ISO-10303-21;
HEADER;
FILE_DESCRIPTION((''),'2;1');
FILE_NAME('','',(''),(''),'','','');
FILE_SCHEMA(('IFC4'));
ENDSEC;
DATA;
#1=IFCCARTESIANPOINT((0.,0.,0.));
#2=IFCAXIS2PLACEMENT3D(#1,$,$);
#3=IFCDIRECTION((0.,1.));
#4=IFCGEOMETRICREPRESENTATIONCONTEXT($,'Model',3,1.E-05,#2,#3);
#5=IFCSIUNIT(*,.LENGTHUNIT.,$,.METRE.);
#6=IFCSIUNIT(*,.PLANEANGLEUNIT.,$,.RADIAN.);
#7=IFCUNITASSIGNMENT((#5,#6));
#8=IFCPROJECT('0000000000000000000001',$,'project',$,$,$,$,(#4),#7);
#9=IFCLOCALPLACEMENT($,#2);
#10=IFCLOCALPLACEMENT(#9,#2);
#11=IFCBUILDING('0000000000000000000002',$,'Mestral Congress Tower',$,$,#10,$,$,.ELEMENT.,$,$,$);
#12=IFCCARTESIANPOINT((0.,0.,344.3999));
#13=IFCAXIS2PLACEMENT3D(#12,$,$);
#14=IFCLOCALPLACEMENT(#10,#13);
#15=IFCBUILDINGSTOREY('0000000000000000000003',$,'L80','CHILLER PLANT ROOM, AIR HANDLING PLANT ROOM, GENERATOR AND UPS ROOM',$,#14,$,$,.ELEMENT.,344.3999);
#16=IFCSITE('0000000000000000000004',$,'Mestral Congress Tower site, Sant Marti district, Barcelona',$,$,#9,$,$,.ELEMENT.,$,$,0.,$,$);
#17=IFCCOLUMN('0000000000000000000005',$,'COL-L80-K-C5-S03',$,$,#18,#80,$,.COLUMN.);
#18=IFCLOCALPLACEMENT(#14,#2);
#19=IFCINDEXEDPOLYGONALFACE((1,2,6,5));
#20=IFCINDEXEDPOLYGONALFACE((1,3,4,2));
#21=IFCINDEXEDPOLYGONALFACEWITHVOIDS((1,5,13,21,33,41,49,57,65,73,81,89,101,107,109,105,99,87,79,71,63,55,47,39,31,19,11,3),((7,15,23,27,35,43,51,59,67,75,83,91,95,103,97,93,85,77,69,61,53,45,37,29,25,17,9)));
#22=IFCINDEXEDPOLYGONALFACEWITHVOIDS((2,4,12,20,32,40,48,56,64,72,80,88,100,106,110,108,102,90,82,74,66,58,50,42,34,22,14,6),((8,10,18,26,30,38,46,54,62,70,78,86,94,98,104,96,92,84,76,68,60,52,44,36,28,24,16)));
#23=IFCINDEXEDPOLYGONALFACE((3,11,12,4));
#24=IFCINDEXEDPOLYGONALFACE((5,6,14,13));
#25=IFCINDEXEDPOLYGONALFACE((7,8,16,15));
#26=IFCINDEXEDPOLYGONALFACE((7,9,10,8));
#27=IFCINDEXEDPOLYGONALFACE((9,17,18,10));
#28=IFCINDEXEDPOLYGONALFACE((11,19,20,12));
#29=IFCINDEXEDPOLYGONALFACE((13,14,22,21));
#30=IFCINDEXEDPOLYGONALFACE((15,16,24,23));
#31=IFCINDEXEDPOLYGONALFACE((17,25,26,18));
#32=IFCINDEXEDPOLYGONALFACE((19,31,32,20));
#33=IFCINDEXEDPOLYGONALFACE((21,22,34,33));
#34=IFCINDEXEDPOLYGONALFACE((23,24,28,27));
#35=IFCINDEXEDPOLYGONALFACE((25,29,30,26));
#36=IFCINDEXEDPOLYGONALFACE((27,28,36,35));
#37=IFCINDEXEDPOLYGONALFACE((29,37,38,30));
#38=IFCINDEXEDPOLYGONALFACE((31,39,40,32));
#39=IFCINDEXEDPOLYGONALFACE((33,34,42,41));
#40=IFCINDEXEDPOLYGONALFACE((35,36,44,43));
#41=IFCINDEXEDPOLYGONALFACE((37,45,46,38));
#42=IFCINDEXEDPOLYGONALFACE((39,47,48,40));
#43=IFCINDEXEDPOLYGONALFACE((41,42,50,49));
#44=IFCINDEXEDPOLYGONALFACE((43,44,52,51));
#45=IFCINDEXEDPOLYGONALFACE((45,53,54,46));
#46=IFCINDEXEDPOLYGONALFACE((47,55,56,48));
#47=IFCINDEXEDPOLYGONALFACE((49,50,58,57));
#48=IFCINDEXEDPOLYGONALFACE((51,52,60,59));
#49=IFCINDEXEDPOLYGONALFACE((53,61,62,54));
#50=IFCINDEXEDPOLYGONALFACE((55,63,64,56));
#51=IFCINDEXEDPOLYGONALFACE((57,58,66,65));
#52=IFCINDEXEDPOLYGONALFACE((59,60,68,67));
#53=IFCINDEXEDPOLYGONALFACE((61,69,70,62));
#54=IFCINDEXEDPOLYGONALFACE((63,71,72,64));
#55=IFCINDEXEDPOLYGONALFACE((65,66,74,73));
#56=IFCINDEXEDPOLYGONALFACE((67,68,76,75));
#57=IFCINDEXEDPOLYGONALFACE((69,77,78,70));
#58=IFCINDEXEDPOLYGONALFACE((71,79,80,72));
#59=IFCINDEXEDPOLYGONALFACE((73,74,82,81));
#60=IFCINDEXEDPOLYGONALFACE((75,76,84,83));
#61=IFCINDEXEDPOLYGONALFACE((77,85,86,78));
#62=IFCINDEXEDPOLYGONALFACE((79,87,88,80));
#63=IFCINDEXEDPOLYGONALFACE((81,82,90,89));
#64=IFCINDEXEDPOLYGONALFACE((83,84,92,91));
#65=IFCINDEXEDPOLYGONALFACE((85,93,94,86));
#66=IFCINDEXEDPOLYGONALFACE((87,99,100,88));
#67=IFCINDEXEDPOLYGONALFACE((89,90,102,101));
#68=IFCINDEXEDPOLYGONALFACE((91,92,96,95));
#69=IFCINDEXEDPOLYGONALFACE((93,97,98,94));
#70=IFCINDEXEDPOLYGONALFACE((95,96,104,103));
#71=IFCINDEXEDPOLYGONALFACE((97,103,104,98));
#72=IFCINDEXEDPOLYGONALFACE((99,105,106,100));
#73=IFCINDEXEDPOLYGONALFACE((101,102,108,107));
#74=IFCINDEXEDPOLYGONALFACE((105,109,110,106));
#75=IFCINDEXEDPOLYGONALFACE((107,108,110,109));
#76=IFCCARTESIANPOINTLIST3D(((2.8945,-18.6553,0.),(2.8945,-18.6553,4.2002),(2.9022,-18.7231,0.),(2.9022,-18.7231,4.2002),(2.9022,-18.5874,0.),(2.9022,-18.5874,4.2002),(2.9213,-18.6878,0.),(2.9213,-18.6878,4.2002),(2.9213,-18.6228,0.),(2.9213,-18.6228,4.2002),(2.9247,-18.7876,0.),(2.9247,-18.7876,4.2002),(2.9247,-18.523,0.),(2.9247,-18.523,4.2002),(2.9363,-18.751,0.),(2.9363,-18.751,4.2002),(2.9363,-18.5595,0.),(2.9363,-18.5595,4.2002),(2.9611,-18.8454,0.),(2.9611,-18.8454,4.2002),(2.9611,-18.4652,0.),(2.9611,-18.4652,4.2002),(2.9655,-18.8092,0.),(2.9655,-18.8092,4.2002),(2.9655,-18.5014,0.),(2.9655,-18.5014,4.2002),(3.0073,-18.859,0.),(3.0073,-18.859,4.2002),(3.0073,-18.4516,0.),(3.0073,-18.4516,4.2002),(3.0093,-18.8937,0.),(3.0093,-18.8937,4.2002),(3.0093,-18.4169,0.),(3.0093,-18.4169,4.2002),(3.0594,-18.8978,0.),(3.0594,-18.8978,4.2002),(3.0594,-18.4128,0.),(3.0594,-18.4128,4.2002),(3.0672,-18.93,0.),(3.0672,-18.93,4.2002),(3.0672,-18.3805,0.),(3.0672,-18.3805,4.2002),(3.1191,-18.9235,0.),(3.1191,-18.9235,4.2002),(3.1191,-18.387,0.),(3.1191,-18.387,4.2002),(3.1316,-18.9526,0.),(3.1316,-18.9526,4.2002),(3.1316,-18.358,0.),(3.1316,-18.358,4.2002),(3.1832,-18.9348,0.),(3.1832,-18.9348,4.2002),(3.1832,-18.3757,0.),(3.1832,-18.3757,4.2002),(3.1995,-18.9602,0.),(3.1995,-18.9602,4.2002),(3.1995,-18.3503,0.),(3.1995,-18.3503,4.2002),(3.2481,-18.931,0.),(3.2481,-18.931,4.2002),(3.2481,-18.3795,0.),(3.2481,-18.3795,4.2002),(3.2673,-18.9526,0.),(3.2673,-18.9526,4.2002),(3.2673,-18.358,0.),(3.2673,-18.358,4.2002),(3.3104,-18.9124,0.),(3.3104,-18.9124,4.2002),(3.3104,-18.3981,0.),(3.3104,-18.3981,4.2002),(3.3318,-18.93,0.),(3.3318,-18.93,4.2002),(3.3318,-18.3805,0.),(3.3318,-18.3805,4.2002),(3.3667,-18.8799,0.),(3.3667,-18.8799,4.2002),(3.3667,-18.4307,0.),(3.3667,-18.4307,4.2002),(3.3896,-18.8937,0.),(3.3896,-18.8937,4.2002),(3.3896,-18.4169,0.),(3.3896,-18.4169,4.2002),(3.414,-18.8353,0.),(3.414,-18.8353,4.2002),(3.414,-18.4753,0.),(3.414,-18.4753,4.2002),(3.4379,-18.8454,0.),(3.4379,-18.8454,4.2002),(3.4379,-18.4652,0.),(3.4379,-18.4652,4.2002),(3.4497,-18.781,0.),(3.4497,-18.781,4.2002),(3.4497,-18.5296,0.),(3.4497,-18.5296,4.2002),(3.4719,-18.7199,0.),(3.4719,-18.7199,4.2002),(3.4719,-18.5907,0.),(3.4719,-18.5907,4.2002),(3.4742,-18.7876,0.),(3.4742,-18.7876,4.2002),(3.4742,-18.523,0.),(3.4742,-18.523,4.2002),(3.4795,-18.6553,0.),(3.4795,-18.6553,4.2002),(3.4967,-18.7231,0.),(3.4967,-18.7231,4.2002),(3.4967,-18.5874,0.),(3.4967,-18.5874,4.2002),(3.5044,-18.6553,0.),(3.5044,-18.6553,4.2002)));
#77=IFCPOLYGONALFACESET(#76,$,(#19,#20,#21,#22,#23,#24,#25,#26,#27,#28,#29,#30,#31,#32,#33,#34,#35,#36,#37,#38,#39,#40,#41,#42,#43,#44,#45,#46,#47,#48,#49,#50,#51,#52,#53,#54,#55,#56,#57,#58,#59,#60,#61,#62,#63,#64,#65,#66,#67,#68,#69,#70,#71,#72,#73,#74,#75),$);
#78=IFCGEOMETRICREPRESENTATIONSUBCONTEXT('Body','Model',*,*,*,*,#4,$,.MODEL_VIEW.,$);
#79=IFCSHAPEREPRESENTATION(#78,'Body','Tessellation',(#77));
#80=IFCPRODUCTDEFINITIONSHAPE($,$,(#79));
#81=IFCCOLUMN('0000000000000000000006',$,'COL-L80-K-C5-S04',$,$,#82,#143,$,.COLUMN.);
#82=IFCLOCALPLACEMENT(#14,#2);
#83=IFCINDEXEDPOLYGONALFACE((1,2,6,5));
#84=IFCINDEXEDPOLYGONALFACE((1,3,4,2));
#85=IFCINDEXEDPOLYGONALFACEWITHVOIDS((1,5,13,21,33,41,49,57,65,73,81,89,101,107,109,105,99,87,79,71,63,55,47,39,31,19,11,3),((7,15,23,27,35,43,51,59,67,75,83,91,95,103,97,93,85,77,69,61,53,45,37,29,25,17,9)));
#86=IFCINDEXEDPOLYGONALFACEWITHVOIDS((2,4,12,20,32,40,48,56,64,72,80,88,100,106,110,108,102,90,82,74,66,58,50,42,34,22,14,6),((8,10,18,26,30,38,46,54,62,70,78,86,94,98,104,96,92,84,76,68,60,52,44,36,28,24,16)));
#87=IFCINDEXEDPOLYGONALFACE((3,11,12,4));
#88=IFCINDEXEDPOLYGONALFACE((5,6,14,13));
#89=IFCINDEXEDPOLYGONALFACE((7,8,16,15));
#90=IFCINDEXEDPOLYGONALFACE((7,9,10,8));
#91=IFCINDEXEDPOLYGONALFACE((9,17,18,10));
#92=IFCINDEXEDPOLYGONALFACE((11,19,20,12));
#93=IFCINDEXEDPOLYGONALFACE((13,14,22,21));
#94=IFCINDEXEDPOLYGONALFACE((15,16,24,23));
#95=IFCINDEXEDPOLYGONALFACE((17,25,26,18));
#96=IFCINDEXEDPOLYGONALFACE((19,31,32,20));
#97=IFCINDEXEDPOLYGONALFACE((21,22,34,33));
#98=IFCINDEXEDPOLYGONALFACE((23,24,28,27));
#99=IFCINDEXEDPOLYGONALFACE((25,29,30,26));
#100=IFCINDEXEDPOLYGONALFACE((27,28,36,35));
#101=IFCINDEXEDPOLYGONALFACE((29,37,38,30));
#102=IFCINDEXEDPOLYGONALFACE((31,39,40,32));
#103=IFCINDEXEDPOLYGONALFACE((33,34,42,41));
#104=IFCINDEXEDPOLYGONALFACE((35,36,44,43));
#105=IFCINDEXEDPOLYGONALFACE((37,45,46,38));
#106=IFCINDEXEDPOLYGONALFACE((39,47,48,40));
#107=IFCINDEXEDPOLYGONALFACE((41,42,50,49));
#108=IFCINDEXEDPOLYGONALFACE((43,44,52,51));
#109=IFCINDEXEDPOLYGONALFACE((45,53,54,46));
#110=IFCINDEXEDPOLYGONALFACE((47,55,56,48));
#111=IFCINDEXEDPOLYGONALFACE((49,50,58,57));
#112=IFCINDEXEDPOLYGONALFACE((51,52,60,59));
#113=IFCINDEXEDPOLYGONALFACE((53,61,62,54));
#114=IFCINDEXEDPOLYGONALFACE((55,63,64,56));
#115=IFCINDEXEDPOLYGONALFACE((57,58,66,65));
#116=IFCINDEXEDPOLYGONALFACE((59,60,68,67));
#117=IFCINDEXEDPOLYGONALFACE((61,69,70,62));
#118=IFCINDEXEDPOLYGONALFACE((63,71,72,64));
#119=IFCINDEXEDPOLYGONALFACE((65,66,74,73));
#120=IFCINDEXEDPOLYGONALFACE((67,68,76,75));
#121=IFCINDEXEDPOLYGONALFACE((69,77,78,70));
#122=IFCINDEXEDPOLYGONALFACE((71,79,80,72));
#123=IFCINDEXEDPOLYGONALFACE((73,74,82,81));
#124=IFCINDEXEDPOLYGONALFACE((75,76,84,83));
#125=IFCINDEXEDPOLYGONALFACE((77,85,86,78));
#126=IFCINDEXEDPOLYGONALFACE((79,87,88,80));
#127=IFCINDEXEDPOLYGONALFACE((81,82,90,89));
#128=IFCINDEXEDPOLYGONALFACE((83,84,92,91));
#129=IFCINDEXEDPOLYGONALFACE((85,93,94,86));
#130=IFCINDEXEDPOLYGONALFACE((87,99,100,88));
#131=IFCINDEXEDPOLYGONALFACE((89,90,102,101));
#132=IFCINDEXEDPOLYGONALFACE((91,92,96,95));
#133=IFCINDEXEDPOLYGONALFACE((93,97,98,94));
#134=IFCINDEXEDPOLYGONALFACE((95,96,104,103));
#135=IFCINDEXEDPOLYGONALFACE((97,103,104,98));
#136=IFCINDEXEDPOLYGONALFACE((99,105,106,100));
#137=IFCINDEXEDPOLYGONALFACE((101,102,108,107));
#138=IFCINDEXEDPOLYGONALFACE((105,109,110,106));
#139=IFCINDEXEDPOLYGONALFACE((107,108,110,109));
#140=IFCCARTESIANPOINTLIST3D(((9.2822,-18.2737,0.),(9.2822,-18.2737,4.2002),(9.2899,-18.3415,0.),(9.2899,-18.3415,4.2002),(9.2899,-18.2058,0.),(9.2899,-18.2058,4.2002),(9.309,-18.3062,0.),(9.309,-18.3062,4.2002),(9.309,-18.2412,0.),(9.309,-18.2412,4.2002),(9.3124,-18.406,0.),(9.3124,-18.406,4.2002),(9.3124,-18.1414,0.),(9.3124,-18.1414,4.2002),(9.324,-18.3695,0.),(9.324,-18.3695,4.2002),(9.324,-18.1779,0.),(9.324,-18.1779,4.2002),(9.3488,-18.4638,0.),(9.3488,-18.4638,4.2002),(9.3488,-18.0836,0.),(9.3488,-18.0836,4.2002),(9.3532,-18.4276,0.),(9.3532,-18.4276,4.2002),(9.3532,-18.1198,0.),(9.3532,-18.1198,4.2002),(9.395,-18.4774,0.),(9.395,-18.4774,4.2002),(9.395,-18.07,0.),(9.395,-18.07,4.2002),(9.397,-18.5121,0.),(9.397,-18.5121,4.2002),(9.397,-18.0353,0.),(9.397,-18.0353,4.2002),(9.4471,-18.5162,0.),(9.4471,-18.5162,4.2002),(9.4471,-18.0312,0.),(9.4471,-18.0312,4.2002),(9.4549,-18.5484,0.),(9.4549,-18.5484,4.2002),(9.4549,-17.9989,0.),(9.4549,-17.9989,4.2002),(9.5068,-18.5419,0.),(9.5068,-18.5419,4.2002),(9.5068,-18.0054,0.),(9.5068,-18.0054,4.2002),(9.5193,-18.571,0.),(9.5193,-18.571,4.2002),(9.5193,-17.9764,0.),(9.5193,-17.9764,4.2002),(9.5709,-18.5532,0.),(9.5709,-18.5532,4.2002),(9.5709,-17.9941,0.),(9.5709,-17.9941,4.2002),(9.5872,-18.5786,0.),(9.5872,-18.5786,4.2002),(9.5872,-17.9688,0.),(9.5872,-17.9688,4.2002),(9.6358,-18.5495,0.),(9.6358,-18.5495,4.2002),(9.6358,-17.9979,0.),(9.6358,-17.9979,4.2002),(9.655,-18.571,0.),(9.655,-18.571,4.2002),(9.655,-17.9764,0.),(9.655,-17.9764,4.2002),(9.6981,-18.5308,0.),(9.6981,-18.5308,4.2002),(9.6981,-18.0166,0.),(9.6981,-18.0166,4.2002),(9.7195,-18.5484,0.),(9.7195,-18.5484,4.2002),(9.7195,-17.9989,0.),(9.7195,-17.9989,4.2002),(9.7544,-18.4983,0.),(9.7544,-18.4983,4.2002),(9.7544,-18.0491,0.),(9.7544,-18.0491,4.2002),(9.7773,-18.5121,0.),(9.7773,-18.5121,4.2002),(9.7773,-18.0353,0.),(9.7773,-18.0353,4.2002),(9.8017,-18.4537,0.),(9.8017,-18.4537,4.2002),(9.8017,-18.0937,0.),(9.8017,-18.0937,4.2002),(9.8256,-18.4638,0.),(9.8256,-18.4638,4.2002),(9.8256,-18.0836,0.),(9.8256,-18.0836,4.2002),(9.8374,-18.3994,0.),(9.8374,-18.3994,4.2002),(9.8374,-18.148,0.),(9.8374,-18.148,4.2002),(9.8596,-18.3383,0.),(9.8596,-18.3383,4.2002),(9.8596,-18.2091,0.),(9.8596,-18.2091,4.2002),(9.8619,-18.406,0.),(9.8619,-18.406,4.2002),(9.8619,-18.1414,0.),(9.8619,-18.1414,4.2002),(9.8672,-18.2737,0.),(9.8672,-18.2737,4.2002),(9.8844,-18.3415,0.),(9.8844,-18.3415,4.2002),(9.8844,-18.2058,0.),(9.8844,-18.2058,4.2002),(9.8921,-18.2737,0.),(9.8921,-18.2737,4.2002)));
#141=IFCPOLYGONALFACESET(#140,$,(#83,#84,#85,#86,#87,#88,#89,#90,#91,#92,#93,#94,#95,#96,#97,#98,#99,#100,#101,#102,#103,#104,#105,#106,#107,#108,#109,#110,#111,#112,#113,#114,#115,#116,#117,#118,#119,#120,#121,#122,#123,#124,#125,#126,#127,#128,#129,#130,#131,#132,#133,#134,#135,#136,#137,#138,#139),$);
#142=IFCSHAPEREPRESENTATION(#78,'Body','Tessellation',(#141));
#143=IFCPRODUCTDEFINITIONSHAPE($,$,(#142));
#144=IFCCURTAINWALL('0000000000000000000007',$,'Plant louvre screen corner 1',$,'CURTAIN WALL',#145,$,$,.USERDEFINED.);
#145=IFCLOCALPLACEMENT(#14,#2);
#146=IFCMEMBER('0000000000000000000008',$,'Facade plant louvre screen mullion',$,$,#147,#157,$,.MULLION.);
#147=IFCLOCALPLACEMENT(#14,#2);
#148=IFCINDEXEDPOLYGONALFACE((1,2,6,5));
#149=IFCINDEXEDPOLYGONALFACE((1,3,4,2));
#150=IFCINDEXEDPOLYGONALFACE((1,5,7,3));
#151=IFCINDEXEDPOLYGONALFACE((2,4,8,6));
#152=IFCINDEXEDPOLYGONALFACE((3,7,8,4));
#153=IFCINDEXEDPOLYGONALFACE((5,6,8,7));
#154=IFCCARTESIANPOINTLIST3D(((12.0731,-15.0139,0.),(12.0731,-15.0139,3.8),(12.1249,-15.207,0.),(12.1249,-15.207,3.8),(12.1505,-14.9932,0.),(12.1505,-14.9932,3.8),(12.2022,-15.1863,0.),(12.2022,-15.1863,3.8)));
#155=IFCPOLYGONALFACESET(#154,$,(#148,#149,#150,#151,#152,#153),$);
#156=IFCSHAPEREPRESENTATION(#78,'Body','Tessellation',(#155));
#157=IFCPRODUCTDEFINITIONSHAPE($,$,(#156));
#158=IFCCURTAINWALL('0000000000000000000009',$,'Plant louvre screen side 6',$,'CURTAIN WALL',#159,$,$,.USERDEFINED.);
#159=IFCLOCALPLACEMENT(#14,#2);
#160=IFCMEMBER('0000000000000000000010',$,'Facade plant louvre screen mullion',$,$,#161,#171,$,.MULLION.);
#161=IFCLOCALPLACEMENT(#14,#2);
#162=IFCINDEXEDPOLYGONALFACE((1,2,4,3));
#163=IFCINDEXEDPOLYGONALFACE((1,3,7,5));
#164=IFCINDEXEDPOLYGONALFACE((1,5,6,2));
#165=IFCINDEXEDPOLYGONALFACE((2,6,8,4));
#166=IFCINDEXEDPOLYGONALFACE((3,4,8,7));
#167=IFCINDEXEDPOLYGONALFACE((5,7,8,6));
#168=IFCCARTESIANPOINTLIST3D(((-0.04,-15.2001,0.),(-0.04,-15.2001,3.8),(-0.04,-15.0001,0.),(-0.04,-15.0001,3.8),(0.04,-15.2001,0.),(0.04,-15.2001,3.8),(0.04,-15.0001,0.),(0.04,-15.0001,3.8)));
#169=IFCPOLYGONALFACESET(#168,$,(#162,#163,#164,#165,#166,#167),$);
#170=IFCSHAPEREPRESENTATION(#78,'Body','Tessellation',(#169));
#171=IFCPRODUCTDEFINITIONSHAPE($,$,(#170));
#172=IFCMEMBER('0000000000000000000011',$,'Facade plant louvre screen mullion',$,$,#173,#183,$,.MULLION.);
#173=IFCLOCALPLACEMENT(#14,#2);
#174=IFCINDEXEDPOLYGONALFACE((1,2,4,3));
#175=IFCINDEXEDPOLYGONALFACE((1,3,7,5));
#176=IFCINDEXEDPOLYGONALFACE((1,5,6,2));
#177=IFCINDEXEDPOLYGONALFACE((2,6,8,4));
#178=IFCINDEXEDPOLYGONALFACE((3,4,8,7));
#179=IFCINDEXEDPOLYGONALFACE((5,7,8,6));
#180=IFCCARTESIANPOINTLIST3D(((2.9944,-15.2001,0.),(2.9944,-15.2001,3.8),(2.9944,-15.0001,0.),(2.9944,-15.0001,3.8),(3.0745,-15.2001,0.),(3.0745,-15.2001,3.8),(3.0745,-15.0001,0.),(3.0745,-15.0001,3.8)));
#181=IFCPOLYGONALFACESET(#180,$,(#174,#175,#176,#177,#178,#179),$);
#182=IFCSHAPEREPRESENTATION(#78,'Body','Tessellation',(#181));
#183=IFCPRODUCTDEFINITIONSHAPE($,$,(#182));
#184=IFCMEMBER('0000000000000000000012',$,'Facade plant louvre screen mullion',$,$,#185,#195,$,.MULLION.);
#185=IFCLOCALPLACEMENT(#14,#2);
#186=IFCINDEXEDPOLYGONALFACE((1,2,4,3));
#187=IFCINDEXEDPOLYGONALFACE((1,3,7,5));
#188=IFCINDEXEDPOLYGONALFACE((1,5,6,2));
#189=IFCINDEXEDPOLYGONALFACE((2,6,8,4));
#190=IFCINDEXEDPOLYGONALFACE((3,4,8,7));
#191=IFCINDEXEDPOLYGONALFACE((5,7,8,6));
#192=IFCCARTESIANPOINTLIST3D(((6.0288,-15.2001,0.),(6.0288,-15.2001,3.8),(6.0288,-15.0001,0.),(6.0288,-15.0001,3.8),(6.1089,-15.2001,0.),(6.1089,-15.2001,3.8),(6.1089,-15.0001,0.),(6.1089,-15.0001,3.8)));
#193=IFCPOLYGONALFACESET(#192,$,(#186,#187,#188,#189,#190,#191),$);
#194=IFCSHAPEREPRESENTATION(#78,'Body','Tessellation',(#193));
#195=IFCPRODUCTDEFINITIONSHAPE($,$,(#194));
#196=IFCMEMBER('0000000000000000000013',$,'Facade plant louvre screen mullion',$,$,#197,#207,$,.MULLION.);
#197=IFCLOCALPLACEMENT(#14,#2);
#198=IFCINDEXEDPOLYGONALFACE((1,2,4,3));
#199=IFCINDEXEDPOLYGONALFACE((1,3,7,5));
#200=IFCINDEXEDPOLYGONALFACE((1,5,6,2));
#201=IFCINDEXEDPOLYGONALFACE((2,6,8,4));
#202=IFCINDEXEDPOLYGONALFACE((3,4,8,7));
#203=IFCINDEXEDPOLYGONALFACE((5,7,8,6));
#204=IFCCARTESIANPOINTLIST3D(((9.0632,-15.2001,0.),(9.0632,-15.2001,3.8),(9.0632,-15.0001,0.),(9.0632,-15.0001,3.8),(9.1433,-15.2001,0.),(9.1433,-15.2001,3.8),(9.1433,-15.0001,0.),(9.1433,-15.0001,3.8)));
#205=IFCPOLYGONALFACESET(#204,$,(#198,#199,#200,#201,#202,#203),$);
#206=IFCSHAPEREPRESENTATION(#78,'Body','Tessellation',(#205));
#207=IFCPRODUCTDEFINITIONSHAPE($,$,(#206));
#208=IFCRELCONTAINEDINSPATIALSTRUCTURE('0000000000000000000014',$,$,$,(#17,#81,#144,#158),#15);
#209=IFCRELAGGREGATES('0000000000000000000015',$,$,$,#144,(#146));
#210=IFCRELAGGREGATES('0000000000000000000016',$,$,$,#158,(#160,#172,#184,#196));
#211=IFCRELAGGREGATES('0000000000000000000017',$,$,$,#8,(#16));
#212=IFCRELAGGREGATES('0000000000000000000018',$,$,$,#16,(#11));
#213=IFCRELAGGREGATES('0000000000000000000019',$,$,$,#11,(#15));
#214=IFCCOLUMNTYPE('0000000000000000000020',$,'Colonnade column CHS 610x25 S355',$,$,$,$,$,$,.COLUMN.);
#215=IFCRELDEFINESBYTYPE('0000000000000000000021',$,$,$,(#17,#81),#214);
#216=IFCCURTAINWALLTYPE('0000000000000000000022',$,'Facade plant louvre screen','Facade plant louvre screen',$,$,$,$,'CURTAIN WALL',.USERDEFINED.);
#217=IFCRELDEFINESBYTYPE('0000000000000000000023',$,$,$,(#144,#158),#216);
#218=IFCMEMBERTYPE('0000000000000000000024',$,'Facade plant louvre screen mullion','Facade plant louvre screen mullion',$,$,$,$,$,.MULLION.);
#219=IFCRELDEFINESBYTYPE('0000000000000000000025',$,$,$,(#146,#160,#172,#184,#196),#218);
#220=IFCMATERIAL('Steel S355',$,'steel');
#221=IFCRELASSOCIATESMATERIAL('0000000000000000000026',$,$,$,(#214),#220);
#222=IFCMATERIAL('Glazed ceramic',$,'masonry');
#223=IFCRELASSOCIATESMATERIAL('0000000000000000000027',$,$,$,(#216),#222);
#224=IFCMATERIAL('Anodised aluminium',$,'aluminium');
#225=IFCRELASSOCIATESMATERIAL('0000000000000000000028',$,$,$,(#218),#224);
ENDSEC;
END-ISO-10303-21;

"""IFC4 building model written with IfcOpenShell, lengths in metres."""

from ifc_helpers import new_model, si_unit, direction, frame, origin, origin_2d, place, context, subcontext, project, spatial, rectangle, hollow_circle, extrude, material, material_profile, profile_set, type_object, element, aggregate, save


model = new_model("IFC4")

# Units and contexts
model_context = context("Model", 3, precision=1e-05, world=origin(), true_north=direction((0.0, 1.0)))
body_context = subcontext(model_context, "Body", "Model", "MODEL_VIEW")
ifc_project = project(units=[si_unit("LENGTHUNIT", "METRE"), si_unit("PLANEANGLEUNIT", "RADIAN")], contexts=[model_context])

# Site, building, storey
site_placement = place(None, origin())
site = spatial("IfcSite", under=ifc_project, at=site_placement, Name="Mestral Congress Tower site, Sant Marti district, Barcelona", CompositionType="ELEMENT", RefElevation=0.0)
building_placement = place(site_placement, origin())
building = spatial("IfcBuilding", under=site, at=building_placement, Name="Mestral Congress Tower", CompositionType="ELEMENT")
storey_placement = place(building_placement, frame((0.0, 0.0, 344.3999)))
storey = spatial("IfcBuildingStorey", under=building, at=storey_placement, Name="L80", Description="CHILLER PLANT ROOM, AIR HANDLING PLANT ROOM, GENERATOR AND UPS ROOM", CompositionType="ELEMENT", Elevation=344.3999)

# Columns
ifc_material_1 = material(Name="Steel S355", Category="steel")
ifc_material_profile_1 = material_profile(ifc_material_1, hollow_circle(Radius=0.3049, WallThickness=0.0249, at=origin_2d()), Name="CHS 610x25")
ifc_profile_set_1 = profile_set([ifc_material_profile_1], Name="Steel S355")
column_type = type_object("IfcColumnType", Name="Colonnade column CHS 610x25 S355", PredefinedType="COLUMN", material=ifc_profile_set_1)
for number, where, z_axis, x_axis, name in (
    (1, (3.1995, -18.6553, 0.0), (0.0, 0.0, 1.0), (1.0, 0.0, 0.0), "COL-L80-K-C5-S03"),
    (2, (9.5872, -18.2737, 0.0), (0.0, 0.0, 1.0), (1.0, 0.0, 0.0), "COL-L80-K-C5-S04"),
):
    element("IfcColumn", number, at=place(storey_placement, frame(where, z_axis=z_axis, x_axis=x_axis)), inside=storey, type_object=column_type, Name=name, PredefinedType="COLUMN", context=body_context, shape_type="SweptSolid", body=[
        extrude(hollow_circle(Radius=0.3049, WallThickness=0.0249, at=origin_2d()), origin(), (0.0, 0.0, 1.0), 4.2002),
    ])

# Curtain wall, member
ifc_material_2 = material(Name="Glazed ceramic", Category="masonry")
curtain_wall_type = type_object("IfcCurtainWallType", Name="Facade plant louvre screen", Description="Facade plant louvre screen", ElementType="CURTAIN WALL", PredefinedType="USERDEFINED", material=ifc_material_2)
placement = place(storey_placement, origin())
curtain_wall_1 = element("IfcCurtainWall", 3, at=placement, inside=storey, type_object=curtain_wall_type, Name="Plant louvre screen corner 1", ObjectType="CURTAIN WALL", PredefinedType="USERDEFINED")
ifc_material_3 = material(Name="Anodised aluminium", Category="aluminium")
ifc_material_profile_2 = material_profile(ifc_material_3, rectangle(XDim=0.2, YDim=0.0801, at=origin_2d()), Name="CW6 mullion 200 x 80")
ifc_profile_set_2 = profile_set([ifc_material_profile_2], Name="Anodised aluminium")
member_type_1 = type_object("IfcMemberType", Name="Facade plant louvre screen mullion", Description="Facade plant louvre screen mullion", PredefinedType="MULLION", material=ifc_profile_set_2)
member_1_placement = place(storey_placement, frame((12.1377, -15.1001, 0.0), z_axis=(0.0, 0.0, 1.0), x_axis=(0.258819, -0.965926, 0.0)))
member_1 = element("IfcMember", 4, at=member_1_placement, type_object=member_type_1, Name="Facade plant louvre screen mullion", PredefinedType="MULLION", context=body_context, shape_type="SweptSolid", body=[
    extrude(rectangle(XDim=0.2, YDim=0.0801, at=origin_2d()), origin(), (0.0, 0.0, 1.0), 3.8),
])

# Curtain wall, members
curtain_wall_2 = element("IfcCurtainWall", 5, at=placement, inside=storey, type_object=curtain_wall_type, Name="Plant louvre screen side 6", ObjectType="CURTAIN WALL", PredefinedType="USERDEFINED")
member_2_placement = place(storey_placement, frame((0.0, -15.1001, 0.0), z_axis=(0.0, 0.0, 1.0), x_axis=(0.0, -1.0, 0.0)))
member_2 = element("IfcMember", 6, at=member_2_placement, type_object=member_type_1, Name="Facade plant louvre screen mullion", PredefinedType="MULLION", context=body_context, shape_type="SweptSolid", body=[
    extrude(rectangle(XDim=0.2, YDim=0.0801, at=origin_2d()), origin(), (0.0, 0.0, 1.0), 3.8),
])
member_3_placement = place(storey_placement, frame((3.0344, -15.1001, 0.0), z_axis=(0.0, 0.0, 1.0), x_axis=(0.0, -1.0, 0.0)))
member_3 = element("IfcMember", 7, at=member_3_placement, type_object=member_type_1, Name="Facade plant louvre screen mullion", PredefinedType="MULLION", context=body_context, shape_type="SweptSolid", body=[
    extrude(rectangle(XDim=0.2, YDim=0.0801, at=origin_2d()), origin(), (0.0, 0.0, 1.0), 3.8),
])
member_4_placement = place(storey_placement, frame((6.0688, -15.1001, 0.0), z_axis=(0.0, 0.0, 1.0), x_axis=(0.0, -1.0, 0.0)))
member_4 = element("IfcMember", 8, at=member_4_placement, type_object=member_type_1, Name="Facade plant louvre screen mullion", PredefinedType="MULLION", context=body_context, shape_type="SweptSolid", body=[
    extrude(rectangle(XDim=0.2, YDim=0.0801, at=origin_2d()), origin(), (0.0, 0.0, 1.0), 3.8),
])
member_5_placement = place(storey_placement, frame((9.1033, -15.1001, 0.0), z_axis=(0.0, 0.0, 1.0), x_axis=(0.0, -1.0, 0.0)))
member_5 = element("IfcMember", 9, at=member_5_placement, type_object=member_type_1, Name="Facade plant louvre screen mullion", PredefinedType="MULLION", context=body_context, shape_type="SweptSolid", body=[
    extrude(rectangle(XDim=0.2, YDim=0.0801, at=origin_2d()), origin(), (0.0, 0.0, 1.0), 3.8),
])

aggregate(curtain_wall_1, [member_1])

aggregate(curtain_wall_2, [member_2, member_3, member_4, member_5])

save(model, "model.ifc")
